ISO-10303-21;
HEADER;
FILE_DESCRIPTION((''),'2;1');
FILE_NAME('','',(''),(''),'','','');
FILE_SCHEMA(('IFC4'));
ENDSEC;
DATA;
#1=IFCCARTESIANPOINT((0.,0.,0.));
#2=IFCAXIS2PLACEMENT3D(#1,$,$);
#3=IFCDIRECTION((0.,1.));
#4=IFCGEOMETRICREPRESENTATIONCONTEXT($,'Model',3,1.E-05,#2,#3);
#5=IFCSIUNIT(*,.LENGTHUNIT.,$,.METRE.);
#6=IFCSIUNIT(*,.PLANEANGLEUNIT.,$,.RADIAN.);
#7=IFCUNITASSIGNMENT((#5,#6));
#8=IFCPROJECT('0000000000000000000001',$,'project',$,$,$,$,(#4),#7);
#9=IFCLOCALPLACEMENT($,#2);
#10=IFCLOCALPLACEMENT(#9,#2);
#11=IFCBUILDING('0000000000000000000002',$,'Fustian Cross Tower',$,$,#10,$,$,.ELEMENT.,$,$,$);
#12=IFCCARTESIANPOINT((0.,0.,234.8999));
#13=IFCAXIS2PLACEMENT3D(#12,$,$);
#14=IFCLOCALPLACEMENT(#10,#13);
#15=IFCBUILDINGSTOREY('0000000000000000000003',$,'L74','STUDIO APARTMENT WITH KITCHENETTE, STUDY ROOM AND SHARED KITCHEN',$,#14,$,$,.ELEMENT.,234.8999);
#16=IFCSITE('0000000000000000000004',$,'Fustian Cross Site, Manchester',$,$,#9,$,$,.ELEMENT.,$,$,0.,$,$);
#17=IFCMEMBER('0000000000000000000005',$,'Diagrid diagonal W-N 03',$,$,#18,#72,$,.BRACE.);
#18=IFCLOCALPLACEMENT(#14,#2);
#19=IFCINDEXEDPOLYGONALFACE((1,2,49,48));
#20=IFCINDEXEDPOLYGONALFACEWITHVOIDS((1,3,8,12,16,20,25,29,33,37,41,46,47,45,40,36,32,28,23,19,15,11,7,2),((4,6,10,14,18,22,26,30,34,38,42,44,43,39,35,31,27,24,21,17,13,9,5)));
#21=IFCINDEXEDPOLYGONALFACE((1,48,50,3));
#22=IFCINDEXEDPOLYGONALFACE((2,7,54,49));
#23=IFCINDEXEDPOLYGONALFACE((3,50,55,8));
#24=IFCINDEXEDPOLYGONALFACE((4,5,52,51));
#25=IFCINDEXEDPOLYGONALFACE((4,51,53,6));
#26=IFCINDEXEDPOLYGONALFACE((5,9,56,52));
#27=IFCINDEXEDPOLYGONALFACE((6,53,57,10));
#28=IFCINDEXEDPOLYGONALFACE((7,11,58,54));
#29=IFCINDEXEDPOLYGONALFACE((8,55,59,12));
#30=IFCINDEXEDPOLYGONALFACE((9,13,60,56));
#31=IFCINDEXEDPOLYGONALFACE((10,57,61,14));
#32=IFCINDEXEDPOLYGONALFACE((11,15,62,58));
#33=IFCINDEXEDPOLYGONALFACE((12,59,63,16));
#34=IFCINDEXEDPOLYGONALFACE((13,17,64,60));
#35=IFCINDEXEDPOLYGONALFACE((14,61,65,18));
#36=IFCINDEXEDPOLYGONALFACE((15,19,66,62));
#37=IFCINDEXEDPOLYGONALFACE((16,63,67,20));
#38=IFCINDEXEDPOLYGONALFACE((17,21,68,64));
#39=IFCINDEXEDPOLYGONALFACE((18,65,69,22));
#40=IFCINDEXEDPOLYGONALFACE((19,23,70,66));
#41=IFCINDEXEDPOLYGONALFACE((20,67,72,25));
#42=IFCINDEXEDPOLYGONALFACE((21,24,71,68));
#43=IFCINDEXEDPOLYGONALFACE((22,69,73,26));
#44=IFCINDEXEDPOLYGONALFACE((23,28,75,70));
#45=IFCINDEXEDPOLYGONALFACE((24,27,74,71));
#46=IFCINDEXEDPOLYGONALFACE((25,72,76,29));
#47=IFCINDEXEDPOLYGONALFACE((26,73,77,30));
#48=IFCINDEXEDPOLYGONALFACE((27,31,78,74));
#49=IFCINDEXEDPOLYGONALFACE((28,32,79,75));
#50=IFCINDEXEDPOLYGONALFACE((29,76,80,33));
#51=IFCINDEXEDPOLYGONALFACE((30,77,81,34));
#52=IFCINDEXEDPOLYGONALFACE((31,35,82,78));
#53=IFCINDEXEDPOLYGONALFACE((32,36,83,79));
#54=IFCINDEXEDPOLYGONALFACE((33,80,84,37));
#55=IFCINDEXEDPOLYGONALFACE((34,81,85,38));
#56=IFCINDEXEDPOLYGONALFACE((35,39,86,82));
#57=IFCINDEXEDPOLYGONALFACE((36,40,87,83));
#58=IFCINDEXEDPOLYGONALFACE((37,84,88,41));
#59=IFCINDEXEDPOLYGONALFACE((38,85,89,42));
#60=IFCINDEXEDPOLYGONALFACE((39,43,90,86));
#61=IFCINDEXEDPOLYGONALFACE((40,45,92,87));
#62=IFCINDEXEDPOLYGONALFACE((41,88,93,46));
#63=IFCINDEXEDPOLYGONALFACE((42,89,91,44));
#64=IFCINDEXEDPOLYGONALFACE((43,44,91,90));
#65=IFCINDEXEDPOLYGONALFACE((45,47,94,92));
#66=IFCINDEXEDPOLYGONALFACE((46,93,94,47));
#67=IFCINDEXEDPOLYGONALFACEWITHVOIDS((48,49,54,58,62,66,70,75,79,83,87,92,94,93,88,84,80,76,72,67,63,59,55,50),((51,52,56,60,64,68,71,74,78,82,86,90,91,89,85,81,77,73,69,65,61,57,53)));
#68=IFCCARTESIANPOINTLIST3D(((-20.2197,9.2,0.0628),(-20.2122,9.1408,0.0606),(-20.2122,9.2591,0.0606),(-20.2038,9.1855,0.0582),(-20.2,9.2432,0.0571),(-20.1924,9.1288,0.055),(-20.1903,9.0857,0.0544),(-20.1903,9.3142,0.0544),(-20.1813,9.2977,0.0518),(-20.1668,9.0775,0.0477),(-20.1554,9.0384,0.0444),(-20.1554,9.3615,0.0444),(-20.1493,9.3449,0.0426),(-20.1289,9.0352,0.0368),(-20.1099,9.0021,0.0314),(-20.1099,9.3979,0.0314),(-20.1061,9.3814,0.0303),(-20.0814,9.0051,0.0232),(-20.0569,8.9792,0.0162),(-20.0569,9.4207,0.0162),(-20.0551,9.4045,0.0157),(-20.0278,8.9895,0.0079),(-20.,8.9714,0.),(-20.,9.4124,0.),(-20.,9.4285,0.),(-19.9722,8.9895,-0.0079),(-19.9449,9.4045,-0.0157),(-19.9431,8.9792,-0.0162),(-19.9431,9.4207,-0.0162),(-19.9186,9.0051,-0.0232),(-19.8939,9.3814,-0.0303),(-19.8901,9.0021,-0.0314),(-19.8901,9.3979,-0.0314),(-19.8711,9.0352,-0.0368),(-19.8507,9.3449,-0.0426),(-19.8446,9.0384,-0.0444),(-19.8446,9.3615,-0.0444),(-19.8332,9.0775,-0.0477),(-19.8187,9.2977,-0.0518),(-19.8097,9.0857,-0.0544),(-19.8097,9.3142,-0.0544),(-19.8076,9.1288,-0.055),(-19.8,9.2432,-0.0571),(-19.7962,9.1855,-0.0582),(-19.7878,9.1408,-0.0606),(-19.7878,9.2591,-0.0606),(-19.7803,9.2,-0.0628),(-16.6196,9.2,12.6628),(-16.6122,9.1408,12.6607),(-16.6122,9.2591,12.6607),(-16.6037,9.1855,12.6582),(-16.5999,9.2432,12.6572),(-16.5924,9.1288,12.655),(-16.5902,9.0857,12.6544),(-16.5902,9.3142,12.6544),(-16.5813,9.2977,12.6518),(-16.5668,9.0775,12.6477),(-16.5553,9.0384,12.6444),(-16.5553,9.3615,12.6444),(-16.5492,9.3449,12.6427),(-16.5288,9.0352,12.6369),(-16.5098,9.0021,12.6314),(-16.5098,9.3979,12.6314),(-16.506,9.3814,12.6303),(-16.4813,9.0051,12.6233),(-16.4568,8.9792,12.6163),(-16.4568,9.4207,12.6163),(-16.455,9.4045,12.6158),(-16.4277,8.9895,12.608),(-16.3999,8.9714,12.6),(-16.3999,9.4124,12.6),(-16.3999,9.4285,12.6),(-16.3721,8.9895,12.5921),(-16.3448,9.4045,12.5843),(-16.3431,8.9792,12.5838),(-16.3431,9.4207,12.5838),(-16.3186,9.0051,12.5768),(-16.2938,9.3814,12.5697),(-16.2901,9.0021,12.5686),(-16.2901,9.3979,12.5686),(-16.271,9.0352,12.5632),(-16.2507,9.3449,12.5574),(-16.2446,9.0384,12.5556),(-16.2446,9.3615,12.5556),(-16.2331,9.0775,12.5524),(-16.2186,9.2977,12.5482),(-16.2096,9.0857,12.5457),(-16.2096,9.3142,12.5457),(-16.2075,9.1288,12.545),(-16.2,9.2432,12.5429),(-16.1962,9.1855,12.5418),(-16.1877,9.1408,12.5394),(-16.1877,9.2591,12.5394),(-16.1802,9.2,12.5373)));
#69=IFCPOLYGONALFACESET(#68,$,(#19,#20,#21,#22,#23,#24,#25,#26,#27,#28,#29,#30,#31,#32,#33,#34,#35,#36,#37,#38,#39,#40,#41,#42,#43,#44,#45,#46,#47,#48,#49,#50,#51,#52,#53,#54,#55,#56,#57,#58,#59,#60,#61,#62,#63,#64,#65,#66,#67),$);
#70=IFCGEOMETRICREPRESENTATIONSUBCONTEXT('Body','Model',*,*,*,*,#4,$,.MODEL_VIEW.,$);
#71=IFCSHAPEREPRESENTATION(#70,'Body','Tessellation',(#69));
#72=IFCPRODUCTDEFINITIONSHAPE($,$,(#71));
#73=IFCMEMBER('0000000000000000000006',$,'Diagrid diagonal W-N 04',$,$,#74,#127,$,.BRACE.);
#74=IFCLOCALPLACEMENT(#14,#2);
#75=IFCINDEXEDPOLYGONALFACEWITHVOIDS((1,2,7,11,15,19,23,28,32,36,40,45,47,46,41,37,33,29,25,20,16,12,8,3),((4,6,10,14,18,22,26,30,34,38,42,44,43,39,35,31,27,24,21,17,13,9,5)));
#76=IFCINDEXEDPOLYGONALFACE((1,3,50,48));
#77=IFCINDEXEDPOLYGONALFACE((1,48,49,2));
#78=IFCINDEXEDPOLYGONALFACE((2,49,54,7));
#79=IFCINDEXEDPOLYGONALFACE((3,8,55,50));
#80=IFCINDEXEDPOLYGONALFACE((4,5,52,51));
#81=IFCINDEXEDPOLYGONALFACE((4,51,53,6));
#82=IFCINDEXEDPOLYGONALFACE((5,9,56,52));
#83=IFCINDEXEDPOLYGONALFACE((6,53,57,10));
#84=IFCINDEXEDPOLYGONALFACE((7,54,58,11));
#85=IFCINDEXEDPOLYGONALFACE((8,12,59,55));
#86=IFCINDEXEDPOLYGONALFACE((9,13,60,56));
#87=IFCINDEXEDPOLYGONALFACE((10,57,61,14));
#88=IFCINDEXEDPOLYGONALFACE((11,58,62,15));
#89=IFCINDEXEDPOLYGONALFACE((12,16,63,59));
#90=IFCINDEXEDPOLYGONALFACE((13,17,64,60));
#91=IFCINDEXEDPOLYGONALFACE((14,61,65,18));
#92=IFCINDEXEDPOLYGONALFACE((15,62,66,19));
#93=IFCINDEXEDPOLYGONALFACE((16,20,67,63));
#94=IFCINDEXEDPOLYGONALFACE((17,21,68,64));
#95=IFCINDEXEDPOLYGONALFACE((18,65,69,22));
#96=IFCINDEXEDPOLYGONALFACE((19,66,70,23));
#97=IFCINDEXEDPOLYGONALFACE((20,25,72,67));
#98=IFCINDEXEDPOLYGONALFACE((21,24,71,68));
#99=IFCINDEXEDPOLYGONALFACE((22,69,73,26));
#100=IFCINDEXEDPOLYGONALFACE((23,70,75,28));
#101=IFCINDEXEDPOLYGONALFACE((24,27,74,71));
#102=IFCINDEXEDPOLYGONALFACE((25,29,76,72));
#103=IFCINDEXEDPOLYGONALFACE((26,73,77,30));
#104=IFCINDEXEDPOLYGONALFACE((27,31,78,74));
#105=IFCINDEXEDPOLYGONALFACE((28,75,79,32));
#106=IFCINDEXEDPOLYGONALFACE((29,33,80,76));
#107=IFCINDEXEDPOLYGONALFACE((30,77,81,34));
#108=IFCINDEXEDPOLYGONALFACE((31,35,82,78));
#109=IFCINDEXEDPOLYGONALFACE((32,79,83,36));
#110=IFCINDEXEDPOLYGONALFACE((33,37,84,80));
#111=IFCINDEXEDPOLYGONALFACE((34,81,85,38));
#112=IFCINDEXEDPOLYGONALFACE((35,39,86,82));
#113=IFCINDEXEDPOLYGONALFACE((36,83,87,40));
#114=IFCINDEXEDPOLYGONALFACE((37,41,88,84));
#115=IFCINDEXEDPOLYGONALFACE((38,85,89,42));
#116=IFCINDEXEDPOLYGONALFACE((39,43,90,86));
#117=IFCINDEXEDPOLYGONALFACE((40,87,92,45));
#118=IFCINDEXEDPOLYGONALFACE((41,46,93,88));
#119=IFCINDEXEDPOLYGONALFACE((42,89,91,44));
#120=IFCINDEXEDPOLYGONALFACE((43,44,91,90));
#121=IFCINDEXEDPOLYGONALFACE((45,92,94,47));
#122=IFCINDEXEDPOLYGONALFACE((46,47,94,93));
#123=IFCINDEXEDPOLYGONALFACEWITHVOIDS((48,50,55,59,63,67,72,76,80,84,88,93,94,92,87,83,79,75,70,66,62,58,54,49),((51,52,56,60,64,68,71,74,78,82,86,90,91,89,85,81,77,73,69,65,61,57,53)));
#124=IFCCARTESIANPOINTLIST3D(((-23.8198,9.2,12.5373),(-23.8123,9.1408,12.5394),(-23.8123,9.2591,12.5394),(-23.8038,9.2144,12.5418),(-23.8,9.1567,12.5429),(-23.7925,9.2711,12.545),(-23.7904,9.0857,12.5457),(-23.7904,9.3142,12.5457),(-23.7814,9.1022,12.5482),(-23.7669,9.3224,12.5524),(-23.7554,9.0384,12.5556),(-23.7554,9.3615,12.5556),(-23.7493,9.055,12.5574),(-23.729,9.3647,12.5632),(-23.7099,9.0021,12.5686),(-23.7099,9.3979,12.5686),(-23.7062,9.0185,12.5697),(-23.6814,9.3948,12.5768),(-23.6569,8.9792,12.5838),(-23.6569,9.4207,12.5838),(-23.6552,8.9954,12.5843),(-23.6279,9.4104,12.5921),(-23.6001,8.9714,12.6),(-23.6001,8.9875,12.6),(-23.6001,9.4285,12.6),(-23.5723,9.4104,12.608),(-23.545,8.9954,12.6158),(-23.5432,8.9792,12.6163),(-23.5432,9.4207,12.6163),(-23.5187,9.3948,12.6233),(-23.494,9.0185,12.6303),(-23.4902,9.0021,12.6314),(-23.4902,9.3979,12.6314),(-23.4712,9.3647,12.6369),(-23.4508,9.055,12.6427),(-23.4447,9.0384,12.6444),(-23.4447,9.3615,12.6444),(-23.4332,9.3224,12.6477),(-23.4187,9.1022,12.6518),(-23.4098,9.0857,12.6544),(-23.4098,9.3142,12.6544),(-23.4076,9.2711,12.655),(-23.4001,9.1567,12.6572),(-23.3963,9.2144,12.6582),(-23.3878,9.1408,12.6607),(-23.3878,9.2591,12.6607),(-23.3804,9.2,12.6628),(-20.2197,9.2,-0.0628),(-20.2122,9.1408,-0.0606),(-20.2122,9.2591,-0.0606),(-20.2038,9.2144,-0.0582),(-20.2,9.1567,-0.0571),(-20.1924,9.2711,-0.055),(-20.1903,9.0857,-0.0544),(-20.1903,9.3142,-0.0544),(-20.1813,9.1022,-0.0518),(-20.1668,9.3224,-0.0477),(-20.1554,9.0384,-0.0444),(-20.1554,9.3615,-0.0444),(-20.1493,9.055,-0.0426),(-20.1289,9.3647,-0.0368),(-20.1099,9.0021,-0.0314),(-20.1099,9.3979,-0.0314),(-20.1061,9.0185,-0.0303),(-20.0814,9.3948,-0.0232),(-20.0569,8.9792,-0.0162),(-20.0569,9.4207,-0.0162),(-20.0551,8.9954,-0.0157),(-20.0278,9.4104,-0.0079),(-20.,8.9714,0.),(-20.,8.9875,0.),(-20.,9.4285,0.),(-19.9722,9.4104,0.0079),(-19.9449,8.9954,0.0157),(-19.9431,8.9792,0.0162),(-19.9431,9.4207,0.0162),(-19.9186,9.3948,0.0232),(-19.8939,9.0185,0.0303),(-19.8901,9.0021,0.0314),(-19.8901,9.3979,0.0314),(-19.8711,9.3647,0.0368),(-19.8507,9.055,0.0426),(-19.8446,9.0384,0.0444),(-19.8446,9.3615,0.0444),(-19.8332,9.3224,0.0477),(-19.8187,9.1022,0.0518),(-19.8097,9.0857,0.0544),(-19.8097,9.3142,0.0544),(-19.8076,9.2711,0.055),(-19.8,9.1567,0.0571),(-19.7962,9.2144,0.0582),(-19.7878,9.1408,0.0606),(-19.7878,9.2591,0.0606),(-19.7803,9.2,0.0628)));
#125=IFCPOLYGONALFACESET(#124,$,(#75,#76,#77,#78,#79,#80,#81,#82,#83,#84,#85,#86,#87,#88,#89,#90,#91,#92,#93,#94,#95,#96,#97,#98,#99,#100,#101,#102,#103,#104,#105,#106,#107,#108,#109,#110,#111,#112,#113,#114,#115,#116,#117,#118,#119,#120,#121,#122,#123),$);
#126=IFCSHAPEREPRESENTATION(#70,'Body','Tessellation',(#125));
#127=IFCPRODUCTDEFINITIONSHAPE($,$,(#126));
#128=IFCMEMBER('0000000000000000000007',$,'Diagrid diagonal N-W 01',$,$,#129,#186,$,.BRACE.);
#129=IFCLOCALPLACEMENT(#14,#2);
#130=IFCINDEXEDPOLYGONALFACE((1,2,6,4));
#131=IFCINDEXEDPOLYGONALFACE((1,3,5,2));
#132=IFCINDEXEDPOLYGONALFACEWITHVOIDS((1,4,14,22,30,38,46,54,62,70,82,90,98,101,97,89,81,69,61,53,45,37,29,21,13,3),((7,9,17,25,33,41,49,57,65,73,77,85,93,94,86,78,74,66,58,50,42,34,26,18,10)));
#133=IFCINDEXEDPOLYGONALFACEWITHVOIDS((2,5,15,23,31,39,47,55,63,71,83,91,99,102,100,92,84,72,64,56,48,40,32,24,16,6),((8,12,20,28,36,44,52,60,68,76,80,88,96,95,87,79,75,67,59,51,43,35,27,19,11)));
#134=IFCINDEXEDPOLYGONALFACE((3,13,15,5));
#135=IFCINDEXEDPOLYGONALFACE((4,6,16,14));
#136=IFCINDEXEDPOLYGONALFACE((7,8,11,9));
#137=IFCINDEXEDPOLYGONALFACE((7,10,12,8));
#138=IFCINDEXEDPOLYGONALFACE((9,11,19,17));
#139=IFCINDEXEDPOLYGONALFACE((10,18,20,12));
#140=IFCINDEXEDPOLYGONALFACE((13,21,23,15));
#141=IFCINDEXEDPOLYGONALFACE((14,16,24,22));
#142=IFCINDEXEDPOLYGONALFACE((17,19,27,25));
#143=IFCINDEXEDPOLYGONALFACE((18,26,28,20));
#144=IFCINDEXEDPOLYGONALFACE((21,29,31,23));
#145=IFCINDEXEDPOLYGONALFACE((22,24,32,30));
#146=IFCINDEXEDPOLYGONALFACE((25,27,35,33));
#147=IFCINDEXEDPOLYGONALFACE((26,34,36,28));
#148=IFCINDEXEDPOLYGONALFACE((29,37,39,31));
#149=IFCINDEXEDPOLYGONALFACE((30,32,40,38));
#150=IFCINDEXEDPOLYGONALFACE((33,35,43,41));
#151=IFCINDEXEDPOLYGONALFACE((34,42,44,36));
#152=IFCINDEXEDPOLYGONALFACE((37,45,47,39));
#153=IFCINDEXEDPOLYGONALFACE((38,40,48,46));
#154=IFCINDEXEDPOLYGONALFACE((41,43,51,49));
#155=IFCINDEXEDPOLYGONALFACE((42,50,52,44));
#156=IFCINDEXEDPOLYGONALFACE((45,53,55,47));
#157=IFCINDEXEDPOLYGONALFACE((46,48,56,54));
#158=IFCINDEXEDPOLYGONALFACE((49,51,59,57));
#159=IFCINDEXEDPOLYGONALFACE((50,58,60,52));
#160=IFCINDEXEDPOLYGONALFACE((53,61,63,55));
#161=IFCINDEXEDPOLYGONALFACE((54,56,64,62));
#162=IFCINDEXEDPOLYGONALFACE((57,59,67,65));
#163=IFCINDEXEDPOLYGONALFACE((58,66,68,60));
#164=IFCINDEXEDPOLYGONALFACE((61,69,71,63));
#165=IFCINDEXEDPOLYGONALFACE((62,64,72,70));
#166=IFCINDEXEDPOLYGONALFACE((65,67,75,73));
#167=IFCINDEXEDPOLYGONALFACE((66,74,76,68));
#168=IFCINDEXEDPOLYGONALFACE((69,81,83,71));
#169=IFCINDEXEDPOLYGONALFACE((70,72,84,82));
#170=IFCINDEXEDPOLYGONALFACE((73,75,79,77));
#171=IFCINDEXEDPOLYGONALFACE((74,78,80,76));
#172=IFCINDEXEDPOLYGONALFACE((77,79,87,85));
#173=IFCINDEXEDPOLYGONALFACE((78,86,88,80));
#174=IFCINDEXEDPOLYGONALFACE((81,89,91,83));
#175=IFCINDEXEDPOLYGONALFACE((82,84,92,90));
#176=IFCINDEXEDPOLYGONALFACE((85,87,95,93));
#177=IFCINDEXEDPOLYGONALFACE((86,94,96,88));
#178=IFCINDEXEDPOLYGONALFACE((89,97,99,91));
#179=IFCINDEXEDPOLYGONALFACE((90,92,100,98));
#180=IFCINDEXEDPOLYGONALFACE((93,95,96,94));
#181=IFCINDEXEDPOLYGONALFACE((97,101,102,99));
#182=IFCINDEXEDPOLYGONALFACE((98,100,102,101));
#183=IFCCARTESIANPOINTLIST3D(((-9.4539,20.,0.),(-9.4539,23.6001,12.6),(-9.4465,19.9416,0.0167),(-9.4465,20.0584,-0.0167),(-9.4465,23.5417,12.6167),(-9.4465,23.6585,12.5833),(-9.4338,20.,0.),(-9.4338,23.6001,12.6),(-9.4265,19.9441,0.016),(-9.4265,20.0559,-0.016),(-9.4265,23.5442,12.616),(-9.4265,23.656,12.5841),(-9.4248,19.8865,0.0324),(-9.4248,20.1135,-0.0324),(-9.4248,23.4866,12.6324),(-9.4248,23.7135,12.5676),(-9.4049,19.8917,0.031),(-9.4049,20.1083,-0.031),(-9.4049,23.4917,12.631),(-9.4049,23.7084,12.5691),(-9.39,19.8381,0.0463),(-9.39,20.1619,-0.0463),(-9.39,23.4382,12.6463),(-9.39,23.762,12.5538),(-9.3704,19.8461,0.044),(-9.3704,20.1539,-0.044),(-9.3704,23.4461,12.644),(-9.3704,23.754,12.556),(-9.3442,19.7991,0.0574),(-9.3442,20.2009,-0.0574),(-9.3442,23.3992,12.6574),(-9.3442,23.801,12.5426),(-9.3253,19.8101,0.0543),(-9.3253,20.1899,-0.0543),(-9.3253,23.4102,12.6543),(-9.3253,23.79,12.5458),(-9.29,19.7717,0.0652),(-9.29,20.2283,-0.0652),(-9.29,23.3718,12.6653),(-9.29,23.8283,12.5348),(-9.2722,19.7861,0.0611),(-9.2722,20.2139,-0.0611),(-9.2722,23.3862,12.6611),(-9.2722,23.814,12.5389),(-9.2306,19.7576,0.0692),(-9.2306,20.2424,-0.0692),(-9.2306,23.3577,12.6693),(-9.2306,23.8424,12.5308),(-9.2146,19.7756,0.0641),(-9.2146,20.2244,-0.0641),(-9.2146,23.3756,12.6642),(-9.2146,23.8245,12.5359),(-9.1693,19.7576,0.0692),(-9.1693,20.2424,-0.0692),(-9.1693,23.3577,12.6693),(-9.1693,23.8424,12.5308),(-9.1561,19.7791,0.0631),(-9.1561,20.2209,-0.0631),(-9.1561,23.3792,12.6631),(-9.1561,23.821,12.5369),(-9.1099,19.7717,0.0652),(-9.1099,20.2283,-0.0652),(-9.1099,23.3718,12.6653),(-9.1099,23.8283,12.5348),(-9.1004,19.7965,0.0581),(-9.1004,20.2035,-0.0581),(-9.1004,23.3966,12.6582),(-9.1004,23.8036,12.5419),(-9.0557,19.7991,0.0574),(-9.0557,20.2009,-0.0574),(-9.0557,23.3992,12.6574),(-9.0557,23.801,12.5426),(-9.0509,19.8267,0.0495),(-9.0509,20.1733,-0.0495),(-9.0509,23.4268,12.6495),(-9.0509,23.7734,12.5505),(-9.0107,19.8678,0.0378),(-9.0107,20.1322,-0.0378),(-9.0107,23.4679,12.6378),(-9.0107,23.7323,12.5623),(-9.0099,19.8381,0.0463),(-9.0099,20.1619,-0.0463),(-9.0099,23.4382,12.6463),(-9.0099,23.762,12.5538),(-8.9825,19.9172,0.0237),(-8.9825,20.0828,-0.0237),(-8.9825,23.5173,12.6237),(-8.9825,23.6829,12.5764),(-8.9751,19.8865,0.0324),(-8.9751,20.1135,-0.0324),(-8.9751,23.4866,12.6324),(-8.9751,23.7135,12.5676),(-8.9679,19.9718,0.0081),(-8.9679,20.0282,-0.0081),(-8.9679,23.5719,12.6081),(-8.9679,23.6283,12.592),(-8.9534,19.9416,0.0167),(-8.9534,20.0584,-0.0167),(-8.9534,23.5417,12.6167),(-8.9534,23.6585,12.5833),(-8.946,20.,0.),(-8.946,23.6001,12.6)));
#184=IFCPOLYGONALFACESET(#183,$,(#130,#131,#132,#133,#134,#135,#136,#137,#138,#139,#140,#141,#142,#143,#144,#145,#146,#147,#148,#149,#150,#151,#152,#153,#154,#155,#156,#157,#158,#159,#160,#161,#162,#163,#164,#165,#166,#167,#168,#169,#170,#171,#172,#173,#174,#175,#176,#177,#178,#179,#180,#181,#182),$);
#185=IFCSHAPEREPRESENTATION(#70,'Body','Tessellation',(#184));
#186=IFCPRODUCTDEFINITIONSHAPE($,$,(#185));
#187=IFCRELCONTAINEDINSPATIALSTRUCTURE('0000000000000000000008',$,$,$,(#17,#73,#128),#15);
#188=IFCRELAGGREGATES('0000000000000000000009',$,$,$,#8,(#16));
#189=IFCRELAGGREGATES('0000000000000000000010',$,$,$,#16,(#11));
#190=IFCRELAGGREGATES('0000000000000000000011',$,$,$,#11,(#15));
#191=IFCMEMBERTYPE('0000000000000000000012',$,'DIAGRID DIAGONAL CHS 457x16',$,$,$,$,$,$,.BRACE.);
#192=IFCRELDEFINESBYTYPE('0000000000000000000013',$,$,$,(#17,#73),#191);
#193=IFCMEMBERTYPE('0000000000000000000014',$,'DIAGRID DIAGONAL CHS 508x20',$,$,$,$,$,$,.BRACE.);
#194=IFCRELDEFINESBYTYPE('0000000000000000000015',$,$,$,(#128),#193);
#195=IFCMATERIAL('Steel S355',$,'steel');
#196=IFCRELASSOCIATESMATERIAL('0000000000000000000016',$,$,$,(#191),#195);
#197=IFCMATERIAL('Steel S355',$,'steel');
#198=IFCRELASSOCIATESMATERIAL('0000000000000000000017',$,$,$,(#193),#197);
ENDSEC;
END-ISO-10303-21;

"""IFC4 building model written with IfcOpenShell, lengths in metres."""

from ifc_helpers import new_model, si_unit, direction, frame, origin, origin_2d, place, context, subcontext, project, spatial, hollow_circle, extrude, material, material_profile, profile_set, type_object, element, save


model = new_model("IFC4")

# Units and contexts
model_context = context("Model", 3, precision=1e-05, world=origin(), true_north=direction((0.0, 1.0)))
body_context = subcontext(model_context, "Body", "Model", "MODEL_VIEW")
ifc_project = project(units=[si_unit("LENGTHUNIT", "METRE"), si_unit("PLANEANGLEUNIT", "RADIAN")], contexts=[model_context])

# Site, building, storey
site_placement = place(None, origin())
site = spatial("IfcSite", under=ifc_project, at=site_placement, Name="Fustian Cross Site, Manchester", CompositionType="ELEMENT", RefElevation=0.0)
building_placement = place(site_placement, origin())
building = spatial("IfcBuilding", under=site, at=building_placement, Name="Fustian Cross Tower", CompositionType="ELEMENT")
storey_placement = place(building_placement, frame((0.0, 0.0, 234.8999)))
storey = spatial("IfcBuildingStorey", under=building, at=storey_placement, Name="L74", Description="STUDIO APARTMENT WITH KITCHENETTE, STUDY ROOM AND SHARED KITCHEN", CompositionType="ELEMENT", Elevation=234.8999)

# Members
ifc_material_1 = material(Name="Steel S355", Category="steel")
ifc_material_profile_1 = material_profile(ifc_material_1, hollow_circle(Radius=0.2285, WallThickness=0.0161, at=origin_2d()), Name="CHS 457x16")
ifc_profile_set_1 = profile_set([ifc_material_profile_1], Name="Steel S355")
member_type_1 = type_object("IfcMemberType", Name="DIAGRID DIAGONAL CHS 457x16", PredefinedType="BRACE", material=ifc_profile_set_1)
for number, where, z_axis, x_axis, name in (
    (1, (-20.0, 9.2, 0.0), (0.274726, 0.0, 0.961523), (0.0, 1.0, 0.0), "Diagrid diagonal W-N 03"),
    (2, (-20.0, 9.2, 0.0), (-0.274726, 0.0, 0.961523), (0.0, -1.0, 0.0), "Diagrid diagonal W-N 04"),
):
    element("IfcMember", number, at=place(storey_placement, frame(where, z_axis=z_axis, x_axis=x_axis)), inside=storey, type_object=member_type_1, Name=name, PredefinedType="BRACE", context=body_context, shape_type="SweptSolid", body=[
        extrude(hollow_circle(Radius=0.2285, WallThickness=0.0161, at=origin_2d()), origin(), (0.0, 0.0, 1.0), 13.1042),
    ])
ifc_material_2 = material(Name="Steel S355", Category="steel")
ifc_material_profile_2 = material_profile(ifc_material_2, hollow_circle(Radius=0.2539, WallThickness=0.02, at=origin_2d()), Name="CHS 508x20")
ifc_profile_set_2 = profile_set([ifc_material_profile_2], Name="Steel S355")
member_type_2 = type_object("IfcMemberType", Name="DIAGRID DIAGONAL CHS 508x20", PredefinedType="BRACE", material=ifc_profile_set_2)
for number, where, z_axis, x_axis, name in (
    (3, (-9.2, 20.0, 0.0), (0.0, 0.274726, 0.961523), (-1.0, 0.0, 0.0), "Diagrid diagonal N-W 01"),
):
    element("IfcMember", number, at=place(storey_placement, frame(where, z_axis=z_axis, x_axis=x_axis)), inside=storey, type_object=member_type_2, Name=name, PredefinedType="BRACE", context=body_context, shape_type="SweptSolid", body=[
        extrude(hollow_circle(Radius=0.2539, WallThickness=0.02, at=origin_2d()), origin(), (0.0, 0.0, 1.0), 13.1042),
    ])

save(model, "model.ifc")
